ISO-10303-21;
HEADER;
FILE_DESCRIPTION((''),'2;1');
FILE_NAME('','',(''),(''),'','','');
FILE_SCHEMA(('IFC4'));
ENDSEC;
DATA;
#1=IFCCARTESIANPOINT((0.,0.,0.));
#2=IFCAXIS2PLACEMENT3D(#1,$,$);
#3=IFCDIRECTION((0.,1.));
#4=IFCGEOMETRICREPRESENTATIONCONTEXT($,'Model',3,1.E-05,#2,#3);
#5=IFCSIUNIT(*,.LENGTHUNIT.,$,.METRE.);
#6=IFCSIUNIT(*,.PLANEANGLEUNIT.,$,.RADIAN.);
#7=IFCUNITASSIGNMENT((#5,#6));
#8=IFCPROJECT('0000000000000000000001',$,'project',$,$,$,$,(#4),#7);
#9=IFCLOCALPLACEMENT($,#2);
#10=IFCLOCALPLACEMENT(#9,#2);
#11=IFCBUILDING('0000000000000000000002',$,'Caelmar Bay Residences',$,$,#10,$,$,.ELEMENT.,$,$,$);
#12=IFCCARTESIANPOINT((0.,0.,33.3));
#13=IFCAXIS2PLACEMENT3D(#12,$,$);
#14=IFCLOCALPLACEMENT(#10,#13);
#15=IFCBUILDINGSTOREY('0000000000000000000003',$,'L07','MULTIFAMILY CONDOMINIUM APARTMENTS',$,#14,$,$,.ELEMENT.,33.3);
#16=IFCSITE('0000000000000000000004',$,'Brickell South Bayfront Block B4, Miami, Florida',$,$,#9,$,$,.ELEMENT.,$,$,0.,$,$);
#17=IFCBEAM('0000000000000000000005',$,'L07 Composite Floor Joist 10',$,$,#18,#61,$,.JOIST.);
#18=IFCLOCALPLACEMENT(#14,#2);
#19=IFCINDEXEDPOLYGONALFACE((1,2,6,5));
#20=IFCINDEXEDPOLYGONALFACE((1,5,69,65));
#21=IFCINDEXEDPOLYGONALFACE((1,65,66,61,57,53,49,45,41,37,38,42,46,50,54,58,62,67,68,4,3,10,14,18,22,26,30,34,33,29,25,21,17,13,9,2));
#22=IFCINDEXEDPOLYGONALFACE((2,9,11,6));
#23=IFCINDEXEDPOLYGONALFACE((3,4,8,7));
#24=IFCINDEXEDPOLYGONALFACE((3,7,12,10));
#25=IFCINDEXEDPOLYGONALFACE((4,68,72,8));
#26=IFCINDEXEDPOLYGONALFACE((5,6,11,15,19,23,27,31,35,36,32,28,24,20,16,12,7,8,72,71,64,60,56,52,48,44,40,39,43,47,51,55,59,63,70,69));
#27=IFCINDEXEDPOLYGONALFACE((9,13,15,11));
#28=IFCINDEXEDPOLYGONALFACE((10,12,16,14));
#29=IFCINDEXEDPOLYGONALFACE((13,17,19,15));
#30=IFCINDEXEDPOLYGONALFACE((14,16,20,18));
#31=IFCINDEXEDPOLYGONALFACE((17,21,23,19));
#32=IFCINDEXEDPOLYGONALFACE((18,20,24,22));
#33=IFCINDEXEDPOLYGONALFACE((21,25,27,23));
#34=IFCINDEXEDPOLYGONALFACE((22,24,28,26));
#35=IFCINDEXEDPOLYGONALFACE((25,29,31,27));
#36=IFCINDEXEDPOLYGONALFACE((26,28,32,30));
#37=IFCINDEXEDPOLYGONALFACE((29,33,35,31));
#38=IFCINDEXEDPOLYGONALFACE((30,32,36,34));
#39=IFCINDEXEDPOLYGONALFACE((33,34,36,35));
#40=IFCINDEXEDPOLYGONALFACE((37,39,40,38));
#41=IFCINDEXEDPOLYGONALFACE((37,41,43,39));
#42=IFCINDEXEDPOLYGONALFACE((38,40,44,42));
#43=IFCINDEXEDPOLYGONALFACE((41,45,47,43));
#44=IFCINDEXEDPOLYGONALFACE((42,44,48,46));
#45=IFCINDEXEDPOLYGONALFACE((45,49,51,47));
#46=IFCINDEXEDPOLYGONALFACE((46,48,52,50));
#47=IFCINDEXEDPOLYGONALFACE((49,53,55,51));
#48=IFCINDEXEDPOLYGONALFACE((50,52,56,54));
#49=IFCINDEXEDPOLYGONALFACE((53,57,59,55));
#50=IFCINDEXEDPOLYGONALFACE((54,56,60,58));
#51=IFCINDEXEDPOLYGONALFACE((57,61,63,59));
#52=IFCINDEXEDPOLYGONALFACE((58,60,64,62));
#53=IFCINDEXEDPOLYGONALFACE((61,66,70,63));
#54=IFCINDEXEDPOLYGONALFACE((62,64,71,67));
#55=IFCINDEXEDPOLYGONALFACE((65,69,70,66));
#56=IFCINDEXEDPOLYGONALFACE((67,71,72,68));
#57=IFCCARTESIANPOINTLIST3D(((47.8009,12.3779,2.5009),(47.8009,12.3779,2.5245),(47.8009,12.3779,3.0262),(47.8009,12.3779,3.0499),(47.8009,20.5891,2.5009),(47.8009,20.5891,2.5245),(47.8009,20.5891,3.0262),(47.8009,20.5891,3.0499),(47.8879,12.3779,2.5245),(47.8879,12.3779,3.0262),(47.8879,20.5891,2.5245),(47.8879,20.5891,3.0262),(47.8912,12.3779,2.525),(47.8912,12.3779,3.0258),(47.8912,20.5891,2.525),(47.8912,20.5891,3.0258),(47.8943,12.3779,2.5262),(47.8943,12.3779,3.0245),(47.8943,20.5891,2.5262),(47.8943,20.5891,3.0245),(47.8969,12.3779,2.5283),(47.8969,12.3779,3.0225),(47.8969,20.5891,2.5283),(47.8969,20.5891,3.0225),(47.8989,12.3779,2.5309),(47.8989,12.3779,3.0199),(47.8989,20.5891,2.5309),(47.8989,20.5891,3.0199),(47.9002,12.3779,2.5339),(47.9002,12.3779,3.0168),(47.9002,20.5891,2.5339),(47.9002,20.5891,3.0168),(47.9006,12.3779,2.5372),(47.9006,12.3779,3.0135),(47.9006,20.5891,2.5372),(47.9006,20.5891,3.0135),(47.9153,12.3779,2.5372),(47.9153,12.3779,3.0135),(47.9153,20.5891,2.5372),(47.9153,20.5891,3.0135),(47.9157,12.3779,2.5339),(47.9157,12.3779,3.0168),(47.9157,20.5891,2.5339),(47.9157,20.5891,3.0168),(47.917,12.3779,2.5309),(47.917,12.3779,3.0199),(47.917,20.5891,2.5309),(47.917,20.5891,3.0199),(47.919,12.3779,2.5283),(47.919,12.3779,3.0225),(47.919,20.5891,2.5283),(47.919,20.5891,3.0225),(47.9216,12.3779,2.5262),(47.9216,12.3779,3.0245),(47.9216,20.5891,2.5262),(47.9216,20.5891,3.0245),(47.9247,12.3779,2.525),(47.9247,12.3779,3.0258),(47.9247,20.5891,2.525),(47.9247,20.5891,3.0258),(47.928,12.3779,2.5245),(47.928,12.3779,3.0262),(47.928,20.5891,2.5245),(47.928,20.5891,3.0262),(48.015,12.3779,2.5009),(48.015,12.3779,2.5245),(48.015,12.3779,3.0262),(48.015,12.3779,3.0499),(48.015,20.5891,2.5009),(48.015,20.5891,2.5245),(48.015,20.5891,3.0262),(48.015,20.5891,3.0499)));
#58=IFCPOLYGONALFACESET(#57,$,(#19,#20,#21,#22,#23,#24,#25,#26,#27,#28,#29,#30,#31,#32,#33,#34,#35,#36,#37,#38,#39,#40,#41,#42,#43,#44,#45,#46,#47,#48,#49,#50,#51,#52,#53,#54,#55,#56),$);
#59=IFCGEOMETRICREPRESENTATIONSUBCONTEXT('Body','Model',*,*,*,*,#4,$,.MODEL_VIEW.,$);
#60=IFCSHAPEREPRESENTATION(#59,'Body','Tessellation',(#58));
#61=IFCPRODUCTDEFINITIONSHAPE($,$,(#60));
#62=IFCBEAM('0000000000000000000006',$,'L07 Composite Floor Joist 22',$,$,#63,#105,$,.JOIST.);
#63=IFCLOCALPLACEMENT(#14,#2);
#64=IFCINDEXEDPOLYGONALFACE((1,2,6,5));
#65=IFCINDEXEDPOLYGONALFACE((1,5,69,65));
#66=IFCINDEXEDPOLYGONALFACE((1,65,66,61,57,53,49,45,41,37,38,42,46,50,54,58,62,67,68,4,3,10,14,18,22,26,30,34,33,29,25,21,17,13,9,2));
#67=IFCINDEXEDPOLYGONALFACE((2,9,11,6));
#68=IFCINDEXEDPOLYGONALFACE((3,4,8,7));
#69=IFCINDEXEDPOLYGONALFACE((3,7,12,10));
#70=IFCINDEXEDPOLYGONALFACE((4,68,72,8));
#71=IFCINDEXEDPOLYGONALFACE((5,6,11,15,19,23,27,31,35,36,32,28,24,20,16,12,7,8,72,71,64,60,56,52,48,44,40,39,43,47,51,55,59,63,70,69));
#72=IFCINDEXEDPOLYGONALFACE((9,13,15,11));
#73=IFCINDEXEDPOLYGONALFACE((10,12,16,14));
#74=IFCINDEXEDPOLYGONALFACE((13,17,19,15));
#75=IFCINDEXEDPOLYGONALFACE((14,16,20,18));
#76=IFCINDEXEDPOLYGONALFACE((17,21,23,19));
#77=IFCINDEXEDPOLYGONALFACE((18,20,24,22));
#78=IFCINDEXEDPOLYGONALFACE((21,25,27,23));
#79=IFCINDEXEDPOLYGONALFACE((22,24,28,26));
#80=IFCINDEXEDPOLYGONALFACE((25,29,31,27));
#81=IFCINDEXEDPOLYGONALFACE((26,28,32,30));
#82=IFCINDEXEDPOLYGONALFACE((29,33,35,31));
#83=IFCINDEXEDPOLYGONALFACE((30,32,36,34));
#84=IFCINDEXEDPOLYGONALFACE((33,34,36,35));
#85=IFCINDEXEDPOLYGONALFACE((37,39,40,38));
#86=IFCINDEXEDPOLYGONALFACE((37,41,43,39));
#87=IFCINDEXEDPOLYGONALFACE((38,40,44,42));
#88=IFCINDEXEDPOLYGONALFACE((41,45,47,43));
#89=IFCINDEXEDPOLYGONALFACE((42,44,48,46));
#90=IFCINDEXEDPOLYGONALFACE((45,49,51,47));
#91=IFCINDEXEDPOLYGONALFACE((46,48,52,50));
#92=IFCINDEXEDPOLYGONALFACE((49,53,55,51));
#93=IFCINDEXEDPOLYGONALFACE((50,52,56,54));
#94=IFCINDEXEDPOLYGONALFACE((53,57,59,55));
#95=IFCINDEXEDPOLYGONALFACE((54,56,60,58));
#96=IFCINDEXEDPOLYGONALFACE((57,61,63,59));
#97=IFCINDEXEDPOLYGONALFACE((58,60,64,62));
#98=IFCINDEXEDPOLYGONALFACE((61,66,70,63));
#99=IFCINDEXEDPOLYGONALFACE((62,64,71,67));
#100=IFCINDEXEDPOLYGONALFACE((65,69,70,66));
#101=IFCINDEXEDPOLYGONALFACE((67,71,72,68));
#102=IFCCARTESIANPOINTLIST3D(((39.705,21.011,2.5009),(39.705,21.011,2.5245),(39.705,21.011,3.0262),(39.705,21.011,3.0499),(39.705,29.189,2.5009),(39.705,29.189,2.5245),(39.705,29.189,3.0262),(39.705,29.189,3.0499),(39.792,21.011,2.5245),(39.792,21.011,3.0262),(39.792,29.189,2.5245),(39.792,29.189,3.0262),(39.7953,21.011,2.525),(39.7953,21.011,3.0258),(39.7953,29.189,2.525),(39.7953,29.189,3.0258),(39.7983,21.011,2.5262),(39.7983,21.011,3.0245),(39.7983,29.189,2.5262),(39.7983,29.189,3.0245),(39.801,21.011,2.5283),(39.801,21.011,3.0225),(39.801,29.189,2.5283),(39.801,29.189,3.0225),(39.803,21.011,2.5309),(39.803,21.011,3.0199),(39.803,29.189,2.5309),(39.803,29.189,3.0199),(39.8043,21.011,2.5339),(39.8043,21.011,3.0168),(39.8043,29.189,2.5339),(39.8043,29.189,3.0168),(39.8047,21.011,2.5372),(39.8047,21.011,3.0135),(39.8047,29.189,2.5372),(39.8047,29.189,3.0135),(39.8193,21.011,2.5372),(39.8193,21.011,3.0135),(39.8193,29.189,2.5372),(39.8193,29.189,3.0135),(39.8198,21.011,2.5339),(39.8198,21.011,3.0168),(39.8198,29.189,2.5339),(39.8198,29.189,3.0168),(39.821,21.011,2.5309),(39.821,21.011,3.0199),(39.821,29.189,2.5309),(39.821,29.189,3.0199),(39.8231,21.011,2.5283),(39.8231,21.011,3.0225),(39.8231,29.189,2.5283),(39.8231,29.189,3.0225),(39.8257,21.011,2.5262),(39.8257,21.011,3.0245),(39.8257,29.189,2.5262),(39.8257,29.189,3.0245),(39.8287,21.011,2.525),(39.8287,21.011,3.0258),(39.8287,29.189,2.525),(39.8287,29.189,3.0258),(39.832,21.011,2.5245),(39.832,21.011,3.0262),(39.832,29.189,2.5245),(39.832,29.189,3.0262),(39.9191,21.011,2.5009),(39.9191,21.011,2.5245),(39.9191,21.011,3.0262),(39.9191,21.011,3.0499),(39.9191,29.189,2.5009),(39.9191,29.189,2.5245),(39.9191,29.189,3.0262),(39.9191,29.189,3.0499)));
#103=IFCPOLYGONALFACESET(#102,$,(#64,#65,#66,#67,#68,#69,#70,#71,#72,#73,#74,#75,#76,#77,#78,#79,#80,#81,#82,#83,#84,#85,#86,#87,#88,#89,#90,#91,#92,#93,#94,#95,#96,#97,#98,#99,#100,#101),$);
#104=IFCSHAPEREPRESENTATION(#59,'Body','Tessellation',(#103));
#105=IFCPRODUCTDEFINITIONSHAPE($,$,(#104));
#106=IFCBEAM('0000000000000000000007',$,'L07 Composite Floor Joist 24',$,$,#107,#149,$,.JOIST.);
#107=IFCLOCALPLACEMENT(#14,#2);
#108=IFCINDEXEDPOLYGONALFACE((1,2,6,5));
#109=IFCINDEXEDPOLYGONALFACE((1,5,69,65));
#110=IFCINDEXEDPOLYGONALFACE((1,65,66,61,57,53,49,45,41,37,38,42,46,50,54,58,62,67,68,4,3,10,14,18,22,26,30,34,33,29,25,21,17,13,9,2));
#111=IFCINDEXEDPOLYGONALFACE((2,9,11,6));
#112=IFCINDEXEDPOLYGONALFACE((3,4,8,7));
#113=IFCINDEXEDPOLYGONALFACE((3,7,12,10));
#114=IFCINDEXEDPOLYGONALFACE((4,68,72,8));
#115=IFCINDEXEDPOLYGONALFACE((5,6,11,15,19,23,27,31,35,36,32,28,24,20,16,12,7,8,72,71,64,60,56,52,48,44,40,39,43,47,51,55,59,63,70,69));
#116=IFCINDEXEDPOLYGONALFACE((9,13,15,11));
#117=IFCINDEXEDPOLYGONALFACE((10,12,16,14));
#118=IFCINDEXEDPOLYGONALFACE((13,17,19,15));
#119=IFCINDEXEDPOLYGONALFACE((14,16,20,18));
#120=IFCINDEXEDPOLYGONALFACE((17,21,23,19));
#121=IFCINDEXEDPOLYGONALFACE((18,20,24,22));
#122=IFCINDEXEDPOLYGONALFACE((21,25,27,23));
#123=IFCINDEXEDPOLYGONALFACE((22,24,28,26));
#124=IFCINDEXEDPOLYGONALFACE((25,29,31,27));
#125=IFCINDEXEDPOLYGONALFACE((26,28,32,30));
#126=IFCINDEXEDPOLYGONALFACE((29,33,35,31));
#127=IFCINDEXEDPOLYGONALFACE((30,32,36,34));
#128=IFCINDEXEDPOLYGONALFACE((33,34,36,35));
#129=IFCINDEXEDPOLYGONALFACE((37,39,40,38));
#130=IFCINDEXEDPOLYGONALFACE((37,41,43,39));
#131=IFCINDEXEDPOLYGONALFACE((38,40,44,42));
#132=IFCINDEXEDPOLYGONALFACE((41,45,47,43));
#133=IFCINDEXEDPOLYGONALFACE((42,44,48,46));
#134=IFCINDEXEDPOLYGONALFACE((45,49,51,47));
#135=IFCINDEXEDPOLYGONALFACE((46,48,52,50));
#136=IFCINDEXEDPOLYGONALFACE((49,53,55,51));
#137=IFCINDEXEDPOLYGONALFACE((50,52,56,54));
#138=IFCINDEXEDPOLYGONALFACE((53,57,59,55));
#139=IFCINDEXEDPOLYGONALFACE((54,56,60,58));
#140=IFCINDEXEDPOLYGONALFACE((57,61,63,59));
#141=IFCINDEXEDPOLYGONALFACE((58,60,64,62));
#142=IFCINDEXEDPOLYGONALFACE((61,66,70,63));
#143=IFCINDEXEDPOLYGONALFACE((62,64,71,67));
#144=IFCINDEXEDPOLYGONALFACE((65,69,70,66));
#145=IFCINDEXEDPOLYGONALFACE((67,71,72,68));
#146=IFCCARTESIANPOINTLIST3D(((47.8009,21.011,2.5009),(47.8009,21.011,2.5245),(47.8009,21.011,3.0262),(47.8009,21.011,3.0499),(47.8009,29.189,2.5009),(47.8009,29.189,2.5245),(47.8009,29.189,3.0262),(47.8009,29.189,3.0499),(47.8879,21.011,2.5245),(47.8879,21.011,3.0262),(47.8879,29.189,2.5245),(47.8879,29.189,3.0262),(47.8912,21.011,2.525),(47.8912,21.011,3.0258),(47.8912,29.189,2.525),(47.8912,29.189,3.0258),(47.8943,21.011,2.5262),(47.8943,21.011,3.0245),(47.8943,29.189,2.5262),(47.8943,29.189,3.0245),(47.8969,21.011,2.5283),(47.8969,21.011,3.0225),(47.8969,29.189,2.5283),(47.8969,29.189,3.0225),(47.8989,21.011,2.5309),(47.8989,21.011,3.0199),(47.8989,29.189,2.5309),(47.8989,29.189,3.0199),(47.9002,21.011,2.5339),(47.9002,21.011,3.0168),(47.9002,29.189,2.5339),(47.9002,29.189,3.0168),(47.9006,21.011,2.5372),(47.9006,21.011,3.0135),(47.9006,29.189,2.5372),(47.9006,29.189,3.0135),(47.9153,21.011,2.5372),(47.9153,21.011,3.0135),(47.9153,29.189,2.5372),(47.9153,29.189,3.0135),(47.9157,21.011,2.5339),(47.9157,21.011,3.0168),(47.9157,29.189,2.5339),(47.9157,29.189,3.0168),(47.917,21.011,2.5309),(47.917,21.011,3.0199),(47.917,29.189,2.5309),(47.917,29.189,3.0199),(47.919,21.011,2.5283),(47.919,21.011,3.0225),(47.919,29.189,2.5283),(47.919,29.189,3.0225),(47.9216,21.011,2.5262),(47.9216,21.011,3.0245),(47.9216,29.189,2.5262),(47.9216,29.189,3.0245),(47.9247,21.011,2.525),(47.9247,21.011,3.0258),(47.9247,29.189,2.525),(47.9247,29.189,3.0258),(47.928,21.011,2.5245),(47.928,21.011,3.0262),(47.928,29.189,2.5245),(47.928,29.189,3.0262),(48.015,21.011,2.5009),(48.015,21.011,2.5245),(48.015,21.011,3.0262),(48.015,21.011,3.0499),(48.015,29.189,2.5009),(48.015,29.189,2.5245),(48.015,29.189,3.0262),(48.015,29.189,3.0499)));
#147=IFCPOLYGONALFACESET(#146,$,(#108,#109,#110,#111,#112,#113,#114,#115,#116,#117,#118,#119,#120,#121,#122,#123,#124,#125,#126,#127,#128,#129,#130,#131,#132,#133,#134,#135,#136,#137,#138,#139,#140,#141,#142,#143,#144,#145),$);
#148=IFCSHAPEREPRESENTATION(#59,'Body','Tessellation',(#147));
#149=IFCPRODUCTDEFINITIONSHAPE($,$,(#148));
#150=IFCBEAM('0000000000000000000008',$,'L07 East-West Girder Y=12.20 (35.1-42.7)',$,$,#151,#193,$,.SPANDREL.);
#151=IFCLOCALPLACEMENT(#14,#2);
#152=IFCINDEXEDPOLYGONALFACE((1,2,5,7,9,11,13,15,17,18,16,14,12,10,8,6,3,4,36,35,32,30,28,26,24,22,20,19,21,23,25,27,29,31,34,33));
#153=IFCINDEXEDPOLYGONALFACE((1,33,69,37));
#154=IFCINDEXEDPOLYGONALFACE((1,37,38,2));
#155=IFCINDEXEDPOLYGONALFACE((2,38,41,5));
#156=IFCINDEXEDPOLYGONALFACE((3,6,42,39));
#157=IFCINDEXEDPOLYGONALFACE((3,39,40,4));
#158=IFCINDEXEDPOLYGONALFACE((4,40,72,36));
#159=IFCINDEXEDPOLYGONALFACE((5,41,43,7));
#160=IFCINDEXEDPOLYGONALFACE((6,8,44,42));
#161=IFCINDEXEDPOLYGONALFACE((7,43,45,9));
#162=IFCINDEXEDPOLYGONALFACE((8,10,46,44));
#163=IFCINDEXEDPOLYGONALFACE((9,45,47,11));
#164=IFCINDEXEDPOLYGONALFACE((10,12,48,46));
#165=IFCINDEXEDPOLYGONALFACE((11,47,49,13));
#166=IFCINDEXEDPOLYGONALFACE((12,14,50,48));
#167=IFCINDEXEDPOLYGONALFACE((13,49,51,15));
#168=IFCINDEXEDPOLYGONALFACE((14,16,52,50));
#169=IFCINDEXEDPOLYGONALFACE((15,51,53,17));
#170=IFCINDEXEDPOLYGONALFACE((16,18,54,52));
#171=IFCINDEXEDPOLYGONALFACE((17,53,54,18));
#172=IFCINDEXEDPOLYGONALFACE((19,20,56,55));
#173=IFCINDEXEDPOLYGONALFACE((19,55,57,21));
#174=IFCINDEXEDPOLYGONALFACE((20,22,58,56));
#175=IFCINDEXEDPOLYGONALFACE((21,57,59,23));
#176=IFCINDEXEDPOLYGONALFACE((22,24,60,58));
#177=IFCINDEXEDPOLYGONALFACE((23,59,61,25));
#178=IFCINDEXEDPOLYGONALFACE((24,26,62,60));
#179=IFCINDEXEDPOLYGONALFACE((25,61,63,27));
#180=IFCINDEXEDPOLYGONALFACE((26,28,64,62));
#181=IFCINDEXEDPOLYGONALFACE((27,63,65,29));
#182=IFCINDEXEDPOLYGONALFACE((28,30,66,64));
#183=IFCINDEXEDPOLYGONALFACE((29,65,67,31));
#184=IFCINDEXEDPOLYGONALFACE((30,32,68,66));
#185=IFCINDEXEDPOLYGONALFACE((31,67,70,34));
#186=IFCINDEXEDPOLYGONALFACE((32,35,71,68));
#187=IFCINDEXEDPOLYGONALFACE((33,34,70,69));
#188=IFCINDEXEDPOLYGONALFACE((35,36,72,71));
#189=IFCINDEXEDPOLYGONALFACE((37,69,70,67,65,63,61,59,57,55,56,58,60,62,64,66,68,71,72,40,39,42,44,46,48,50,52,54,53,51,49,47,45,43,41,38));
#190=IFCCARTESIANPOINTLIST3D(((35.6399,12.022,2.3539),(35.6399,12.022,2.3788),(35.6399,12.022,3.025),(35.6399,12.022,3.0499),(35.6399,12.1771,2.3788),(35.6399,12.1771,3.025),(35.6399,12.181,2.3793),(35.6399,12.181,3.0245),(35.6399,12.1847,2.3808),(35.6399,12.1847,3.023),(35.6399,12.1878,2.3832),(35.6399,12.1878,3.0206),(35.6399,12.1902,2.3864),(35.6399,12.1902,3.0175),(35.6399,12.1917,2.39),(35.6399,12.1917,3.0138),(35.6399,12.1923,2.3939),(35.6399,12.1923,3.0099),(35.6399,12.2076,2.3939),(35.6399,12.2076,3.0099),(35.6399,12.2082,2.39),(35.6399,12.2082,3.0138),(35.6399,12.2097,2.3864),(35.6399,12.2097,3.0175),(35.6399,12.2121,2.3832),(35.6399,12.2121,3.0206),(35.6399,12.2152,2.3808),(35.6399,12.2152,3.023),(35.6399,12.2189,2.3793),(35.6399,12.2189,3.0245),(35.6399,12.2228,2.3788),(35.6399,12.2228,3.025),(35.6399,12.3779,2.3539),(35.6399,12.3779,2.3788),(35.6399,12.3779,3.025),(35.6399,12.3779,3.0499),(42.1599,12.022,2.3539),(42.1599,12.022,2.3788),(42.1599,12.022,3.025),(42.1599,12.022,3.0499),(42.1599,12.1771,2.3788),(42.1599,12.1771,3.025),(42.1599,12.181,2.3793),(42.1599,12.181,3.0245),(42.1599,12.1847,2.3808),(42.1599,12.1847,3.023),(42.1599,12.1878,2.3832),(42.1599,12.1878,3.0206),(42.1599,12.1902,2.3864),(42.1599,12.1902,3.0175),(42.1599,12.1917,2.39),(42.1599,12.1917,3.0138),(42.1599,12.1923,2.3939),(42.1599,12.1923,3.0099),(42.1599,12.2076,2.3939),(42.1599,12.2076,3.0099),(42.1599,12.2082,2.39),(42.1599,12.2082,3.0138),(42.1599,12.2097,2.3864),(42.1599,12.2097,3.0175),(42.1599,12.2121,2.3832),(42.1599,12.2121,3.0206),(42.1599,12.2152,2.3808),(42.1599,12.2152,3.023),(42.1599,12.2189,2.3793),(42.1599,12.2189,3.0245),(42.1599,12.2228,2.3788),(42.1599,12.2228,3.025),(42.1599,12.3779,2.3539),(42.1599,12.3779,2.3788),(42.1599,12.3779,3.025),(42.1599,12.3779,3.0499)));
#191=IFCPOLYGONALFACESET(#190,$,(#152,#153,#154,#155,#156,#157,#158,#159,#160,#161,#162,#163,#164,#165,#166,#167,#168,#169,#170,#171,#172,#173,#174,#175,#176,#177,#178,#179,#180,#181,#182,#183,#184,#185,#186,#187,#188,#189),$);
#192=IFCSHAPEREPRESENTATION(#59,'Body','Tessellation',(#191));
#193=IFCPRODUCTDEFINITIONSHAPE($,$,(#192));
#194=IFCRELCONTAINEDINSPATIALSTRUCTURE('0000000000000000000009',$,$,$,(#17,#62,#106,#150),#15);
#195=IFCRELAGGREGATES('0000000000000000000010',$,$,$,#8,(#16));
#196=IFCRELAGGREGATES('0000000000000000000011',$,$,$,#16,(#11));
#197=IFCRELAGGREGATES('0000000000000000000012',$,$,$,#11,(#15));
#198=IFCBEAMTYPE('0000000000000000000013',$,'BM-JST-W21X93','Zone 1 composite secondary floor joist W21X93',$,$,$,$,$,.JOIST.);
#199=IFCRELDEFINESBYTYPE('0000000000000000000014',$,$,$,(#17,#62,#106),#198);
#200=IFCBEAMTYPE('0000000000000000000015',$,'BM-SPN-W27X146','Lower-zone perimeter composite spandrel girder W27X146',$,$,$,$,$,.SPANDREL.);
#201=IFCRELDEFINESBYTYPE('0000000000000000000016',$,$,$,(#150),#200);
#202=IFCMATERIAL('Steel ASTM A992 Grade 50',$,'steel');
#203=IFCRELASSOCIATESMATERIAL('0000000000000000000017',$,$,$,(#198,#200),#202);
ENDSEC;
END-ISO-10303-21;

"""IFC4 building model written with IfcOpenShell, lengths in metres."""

from ifc_helpers import new_model, si_unit, direction, frame, origin, origin_2d, place, context, subcontext, project, spatial, i_section, extrude, material, material_profile, profile_set, type_object, element, save


model = new_model("IFC4")

# Units and contexts
model_context = context("Model", 3, precision=1e-05, world=origin(), true_north=direction((0.0, 1.0)))
body_context = subcontext(model_context, "Body", "Model", "MODEL_VIEW")
ifc_project = project(units=[si_unit("LENGTHUNIT", "METRE"), si_unit("PLANEANGLEUNIT", "RADIAN")], contexts=[model_context])

# Site, building, storey
site_placement = place(None, origin())
site = spatial("IfcSite", under=ifc_project, at=site_placement, Name="Brickell South Bayfront Block B4, Miami, Florida", CompositionType="ELEMENT", RefElevation=0.0)
building_placement = place(site_placement, origin())
building = spatial("IfcBuilding", under=site, at=building_placement, Name="Caelmar Bay Residences", CompositionType="ELEMENT")
storey_placement = place(building_placement, frame((0.0, 0.0, 33.3)))
storey = spatial("IfcBuildingStorey", under=building, at=storey_placement, Name="L07", Description="MULTIFAMILY CONDOMINIUM APARTMENTS", CompositionType="ELEMENT", Elevation=33.3)

# Beams
ifc_material_1 = material(Name="Steel ASTM A992 Grade 50", Category="steel")
ifc_material_profile_1 = material_profile(ifc_material_1, i_section(OverallWidth=0.2141, OverallDepth=0.5491, WebThickness=0.0146, FlangeThickness=0.0237, FilletRadius=0.0127, at=origin_2d()), Name="W21X93")
ifc_profile_set_1 = profile_set([ifc_material_profile_1], Name="Steel ASTM A992 Grade 50")
beam_type_1 = type_object("IfcBeamType", Name="BM-JST-W21X93", Description="Zone 1 composite secondary floor joist W21X93", PredefinedType="JOIST", material=ifc_profile_set_1)
for number, where, z_axis, x_axis, name in (
    (1, (47.908, 12.3779, 2.7754), (0.0, 1.0, 0.0), (-1.0, 0.0, 0.0), "L07 Composite Floor Joist 10"),
):
    element("IfcBeam", number, at=place(storey_placement, frame(where, z_axis=z_axis, x_axis=x_axis)), inside=storey, type_object=beam_type_1, Name=name, PredefinedType="JOIST", context=body_context, shape_type="SweptSolid", body=[
        extrude(i_section(OverallWidth=0.2141, OverallDepth=0.5491, WebThickness=0.0146, FlangeThickness=0.0237, FilletRadius=0.0127, at=origin_2d()), origin(), (0.0, 0.0, 1.0), 8.2112),
    ])
for number, where, z_axis, x_axis, name in (
    (2, (39.812, 21.011, 2.7754), (0.0, 1.0, 0.0), (-1.0, 0.0, 0.0), "L07 Composite Floor Joist 22"),
    (3, (47.908, 21.011, 2.7754), (0.0, 1.0, 0.0), (-1.0, 0.0, 0.0), "L07 Composite Floor Joist 24"),
):
    element("IfcBeam", number, at=place(storey_placement, frame(where, z_axis=z_axis, x_axis=x_axis)), inside=storey, type_object=beam_type_1, Name=name, PredefinedType="JOIST", context=body_context, shape_type="SweptSolid", body=[
        extrude(i_section(OverallWidth=0.2141, OverallDepth=0.5491, WebThickness=0.0146, FlangeThickness=0.0237, FilletRadius=0.0127, at=origin_2d()), origin(), (0.0, 0.0, 1.0), 8.178),
    ])
ifc_material_profile_2 = material_profile(ifc_material_1, i_section(OverallWidth=0.356, OverallDepth=0.696, WebThickness=0.0154, FlangeThickness=0.0249, FilletRadius=0.0151, at=origin_2d()), Name="W27X146")
ifc_profile_set_2 = profile_set([ifc_material_profile_2], Name="Steel ASTM A992 Grade 50")
beam_type_2 = type_object("IfcBeamType", Name="BM-SPN-W27X146", Description="Lower-zone perimeter composite spandrel girder W27X146", PredefinedType="SPANDREL", material=ifc_profile_set_2)
beam_1_placement = place(storey_placement, frame((35.6399, 12.2, 2.7019), z_axis=(1.0, 0.0, 0.0), x_axis=(0.0, 1.0, 0.0)))
element("IfcBeam", 4, at=beam_1_placement, inside=storey, type_object=beam_type_2, Name="L07 East-West Girder Y=12.20 (35.1-42.7)", PredefinedType="SPANDREL", context=body_context, shape_type="SweptSolid", body=[
    extrude(i_section(OverallWidth=0.356, OverallDepth=0.696, WebThickness=0.0154, FlangeThickness=0.0249, FilletRadius=0.0151, at=origin_2d()), origin(), (0.0, 0.0, 1.0), 6.52),
])

save(model, "model.ifc")
